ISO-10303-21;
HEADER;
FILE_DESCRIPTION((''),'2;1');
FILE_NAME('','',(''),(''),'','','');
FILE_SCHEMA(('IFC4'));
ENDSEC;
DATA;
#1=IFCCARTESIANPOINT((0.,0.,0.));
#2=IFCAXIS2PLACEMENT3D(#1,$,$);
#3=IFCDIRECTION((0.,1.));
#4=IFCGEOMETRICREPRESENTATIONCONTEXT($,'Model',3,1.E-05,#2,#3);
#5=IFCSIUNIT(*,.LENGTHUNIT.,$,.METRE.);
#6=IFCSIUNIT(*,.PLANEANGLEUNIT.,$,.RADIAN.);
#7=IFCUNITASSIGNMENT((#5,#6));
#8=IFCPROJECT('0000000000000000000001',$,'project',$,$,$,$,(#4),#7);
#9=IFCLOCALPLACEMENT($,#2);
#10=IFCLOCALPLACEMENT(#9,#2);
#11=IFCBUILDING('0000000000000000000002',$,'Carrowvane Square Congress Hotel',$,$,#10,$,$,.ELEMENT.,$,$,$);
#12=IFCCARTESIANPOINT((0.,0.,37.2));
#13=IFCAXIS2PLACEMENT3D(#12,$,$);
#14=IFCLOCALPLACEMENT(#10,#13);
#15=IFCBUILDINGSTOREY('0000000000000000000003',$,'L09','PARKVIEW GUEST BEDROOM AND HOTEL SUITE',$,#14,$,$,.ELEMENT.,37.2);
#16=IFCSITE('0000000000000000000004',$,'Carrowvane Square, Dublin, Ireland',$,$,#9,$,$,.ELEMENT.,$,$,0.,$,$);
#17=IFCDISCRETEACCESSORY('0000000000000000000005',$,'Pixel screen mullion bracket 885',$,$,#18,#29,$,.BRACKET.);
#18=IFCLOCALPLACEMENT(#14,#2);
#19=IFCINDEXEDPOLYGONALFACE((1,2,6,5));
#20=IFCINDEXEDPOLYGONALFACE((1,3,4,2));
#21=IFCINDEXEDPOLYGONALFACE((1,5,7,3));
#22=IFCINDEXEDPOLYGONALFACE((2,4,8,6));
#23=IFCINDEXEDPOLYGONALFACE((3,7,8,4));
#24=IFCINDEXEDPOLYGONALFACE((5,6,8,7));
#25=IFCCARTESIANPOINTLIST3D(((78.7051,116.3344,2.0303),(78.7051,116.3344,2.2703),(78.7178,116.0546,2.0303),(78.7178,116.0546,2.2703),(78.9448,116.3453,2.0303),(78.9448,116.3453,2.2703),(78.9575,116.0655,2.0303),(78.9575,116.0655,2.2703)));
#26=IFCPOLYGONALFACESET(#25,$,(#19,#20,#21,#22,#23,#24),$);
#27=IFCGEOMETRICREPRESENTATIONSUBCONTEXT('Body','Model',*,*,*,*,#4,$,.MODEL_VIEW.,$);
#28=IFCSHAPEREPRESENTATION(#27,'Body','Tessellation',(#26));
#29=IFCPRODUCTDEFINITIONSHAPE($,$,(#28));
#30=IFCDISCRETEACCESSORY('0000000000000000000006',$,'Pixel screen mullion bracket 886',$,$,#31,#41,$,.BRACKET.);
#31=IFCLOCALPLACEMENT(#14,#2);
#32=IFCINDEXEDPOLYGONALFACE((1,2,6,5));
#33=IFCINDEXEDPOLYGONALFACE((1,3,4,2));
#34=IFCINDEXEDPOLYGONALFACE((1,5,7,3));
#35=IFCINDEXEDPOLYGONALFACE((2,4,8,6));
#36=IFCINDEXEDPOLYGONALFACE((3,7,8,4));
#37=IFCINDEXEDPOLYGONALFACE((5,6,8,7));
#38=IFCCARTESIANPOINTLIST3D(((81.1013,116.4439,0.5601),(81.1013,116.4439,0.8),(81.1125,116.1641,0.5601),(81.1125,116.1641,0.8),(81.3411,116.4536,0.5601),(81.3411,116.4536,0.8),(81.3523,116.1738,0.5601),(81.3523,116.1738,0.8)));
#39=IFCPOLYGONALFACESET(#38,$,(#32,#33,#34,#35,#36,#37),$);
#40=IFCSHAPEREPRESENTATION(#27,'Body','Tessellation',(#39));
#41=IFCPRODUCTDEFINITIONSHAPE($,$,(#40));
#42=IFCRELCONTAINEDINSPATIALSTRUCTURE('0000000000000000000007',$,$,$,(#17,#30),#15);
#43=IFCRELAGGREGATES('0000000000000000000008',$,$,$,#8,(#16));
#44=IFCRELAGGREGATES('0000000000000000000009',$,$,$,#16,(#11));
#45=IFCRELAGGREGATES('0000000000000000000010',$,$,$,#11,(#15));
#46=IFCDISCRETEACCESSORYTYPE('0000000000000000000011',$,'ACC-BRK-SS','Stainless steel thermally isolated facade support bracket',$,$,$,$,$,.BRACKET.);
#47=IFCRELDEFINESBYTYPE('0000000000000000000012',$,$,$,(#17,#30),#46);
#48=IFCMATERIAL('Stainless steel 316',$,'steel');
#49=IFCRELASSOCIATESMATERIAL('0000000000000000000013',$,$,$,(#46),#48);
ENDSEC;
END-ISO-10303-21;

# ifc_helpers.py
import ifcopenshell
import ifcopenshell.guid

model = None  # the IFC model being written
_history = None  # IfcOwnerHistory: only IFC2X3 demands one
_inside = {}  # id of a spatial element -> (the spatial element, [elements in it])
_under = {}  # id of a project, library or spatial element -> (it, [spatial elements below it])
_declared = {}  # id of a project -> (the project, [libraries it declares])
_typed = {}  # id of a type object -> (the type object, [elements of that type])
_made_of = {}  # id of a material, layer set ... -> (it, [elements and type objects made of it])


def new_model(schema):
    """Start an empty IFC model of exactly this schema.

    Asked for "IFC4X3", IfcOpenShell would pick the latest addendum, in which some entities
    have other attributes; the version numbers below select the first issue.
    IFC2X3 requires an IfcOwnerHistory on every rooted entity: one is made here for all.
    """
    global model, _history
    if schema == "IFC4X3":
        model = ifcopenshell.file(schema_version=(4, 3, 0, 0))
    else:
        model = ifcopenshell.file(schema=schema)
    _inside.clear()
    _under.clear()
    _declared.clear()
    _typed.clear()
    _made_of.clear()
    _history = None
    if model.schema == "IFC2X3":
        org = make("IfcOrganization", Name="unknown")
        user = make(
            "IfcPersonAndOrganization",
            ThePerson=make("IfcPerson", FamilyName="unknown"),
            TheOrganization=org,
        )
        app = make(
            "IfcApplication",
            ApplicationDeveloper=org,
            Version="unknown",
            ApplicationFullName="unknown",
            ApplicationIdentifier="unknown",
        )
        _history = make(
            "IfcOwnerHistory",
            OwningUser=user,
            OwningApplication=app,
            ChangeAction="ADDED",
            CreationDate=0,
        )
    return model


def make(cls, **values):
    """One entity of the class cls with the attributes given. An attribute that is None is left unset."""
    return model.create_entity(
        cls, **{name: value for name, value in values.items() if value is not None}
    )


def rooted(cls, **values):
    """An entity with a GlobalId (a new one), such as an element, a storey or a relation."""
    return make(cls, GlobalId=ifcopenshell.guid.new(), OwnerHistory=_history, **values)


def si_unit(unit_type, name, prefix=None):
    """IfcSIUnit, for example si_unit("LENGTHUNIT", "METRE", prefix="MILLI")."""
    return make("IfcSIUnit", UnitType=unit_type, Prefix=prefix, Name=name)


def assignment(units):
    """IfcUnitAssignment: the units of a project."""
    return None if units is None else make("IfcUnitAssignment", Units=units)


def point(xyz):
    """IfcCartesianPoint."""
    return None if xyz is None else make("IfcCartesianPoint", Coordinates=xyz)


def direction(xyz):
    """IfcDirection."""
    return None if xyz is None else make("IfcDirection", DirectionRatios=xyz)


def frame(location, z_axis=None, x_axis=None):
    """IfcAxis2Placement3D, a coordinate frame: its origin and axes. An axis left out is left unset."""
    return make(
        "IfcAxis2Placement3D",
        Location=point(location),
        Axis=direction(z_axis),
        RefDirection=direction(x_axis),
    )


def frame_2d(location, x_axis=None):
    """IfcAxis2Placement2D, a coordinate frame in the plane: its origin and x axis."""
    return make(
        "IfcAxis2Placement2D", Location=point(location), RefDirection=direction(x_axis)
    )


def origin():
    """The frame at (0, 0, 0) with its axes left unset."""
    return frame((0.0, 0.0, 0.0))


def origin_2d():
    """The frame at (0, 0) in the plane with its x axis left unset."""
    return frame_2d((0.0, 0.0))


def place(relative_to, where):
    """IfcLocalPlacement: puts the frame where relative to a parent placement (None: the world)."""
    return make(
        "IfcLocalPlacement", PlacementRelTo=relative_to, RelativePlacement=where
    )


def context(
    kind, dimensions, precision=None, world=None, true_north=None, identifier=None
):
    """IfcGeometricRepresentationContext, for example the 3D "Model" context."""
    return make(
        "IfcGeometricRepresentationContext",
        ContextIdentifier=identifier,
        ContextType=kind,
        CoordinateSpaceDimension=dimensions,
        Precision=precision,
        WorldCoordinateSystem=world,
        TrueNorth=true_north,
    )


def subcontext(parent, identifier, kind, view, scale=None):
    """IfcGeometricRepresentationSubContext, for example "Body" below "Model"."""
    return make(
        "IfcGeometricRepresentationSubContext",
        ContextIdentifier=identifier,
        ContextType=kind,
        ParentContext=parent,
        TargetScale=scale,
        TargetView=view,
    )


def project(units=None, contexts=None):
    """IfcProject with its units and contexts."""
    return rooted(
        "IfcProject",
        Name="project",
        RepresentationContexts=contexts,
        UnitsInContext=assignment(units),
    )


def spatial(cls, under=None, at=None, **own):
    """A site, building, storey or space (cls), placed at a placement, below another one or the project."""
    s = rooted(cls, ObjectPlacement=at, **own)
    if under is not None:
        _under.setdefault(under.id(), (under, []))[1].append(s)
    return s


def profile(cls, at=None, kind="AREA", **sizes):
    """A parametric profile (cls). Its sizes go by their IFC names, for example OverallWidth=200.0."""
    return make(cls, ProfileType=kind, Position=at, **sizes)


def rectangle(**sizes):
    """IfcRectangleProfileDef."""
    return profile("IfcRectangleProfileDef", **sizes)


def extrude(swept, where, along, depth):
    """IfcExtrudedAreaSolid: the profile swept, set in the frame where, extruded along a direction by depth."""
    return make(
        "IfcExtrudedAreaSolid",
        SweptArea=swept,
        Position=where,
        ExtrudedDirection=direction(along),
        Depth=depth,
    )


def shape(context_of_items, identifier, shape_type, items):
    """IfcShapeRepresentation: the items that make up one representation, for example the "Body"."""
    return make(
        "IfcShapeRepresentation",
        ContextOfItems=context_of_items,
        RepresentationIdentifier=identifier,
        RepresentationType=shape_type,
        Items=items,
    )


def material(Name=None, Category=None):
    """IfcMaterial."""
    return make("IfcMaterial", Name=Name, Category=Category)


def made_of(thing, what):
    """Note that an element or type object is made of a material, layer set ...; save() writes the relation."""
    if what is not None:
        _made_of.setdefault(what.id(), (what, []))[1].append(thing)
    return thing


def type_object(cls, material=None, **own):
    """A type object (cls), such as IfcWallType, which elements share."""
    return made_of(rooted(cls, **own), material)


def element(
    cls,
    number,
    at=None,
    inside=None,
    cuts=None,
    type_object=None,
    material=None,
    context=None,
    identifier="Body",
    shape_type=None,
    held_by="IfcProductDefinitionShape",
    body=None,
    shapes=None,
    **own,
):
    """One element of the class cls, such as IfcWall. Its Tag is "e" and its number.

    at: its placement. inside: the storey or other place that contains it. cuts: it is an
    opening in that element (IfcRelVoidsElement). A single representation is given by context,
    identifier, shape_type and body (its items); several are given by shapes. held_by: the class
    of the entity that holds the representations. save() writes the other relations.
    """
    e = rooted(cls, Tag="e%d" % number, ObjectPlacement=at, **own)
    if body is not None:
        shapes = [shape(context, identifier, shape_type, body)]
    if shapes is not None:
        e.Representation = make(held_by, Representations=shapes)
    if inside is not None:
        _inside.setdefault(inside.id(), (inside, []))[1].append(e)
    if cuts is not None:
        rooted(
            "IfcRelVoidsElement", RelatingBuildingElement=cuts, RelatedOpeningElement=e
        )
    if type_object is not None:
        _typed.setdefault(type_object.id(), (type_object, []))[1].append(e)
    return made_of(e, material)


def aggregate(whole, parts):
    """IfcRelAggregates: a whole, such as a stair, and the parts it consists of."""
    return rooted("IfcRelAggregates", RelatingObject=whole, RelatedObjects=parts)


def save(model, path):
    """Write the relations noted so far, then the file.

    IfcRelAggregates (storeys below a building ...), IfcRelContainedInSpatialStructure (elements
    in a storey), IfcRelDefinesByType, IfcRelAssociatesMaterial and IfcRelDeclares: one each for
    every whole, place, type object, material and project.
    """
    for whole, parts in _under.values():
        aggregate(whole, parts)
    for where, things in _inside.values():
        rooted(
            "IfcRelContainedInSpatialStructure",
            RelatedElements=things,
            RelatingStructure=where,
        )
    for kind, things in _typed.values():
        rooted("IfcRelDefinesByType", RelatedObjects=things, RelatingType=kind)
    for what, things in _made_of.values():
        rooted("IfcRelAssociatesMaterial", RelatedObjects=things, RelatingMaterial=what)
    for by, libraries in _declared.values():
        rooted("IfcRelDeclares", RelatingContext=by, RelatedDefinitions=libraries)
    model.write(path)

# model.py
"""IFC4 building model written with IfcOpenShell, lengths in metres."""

from ifc_helpers import new_model, si_unit, direction, frame, origin, origin_2d, place, context, subcontext, project, spatial, rectangle, extrude, material, type_object, element, save


model = new_model("IFC4")

# Units and contexts
model_context = context("Model", 3, precision=1e-05, world=origin(), true_north=direction((0.0, 1.0)))
body_context = subcontext(model_context, "Body", "Model", "MODEL_VIEW")
ifc_project = project(units=[si_unit("LENGTHUNIT", "METRE"), si_unit("PLANEANGLEUNIT", "RADIAN")], contexts=[model_context])

# Site, building, storey
site_placement = place(None, origin())
site = spatial("IfcSite", under=ifc_project, at=site_placement, Name="Carrowvane Square, Dublin, Ireland", CompositionType="ELEMENT", RefElevation=0.0)
building_placement = place(site_placement, origin())
building = spatial("IfcBuilding", under=site, at=building_placement, Name="Carrowvane Square Congress Hotel", CompositionType="ELEMENT")
storey_placement = place(building_placement, frame((0.0, 0.0, 37.2)))
storey = spatial("IfcBuildingStorey", under=building, at=storey_placement, Name="L09", Description="PARKVIEW GUEST BEDROOM AND HOTEL SUITE", CompositionType="ELEMENT", Elevation=37.2)

# Discrete accessories
ifc_material_1 = material(Name="Stainless steel 316", Category="steel")
discrete_accessory_type = type_object("IfcDiscreteAccessoryType", Name="ACC-BRK-SS", Description="Stainless steel thermally isolated facade support bracket", PredefinedType="BRACKET", material=ifc_material_1)
for number, where, z_axis, x_axis, name in (
    (1, (78.8313, 116.2, 2.0303), (0.0, 0.0, 1.0), (0.998968, 0.045414, 0.0), "Pixel screen mullion bracket 885"),
    (2, (81.2268, 116.3088, 0.5601), (0.0, 0.0, 1.0), (0.999194, 0.040134, 0.0), "Pixel screen mullion bracket 886"),
):
    element("IfcDiscreteAccessory", number, at=place(storey_placement, frame(where, z_axis=z_axis, x_axis=x_axis)), inside=storey, type_object=discrete_accessory_type, Name=name, PredefinedType="BRACKET", context=body_context, shape_type="SweptSolid", body=[
        extrude(rectangle(XDim=0.24, YDim=0.28, at=origin_2d()), origin(), (0.0, 0.0, 1.0), 0.24),
    ])

save(model, "model.ifc")
